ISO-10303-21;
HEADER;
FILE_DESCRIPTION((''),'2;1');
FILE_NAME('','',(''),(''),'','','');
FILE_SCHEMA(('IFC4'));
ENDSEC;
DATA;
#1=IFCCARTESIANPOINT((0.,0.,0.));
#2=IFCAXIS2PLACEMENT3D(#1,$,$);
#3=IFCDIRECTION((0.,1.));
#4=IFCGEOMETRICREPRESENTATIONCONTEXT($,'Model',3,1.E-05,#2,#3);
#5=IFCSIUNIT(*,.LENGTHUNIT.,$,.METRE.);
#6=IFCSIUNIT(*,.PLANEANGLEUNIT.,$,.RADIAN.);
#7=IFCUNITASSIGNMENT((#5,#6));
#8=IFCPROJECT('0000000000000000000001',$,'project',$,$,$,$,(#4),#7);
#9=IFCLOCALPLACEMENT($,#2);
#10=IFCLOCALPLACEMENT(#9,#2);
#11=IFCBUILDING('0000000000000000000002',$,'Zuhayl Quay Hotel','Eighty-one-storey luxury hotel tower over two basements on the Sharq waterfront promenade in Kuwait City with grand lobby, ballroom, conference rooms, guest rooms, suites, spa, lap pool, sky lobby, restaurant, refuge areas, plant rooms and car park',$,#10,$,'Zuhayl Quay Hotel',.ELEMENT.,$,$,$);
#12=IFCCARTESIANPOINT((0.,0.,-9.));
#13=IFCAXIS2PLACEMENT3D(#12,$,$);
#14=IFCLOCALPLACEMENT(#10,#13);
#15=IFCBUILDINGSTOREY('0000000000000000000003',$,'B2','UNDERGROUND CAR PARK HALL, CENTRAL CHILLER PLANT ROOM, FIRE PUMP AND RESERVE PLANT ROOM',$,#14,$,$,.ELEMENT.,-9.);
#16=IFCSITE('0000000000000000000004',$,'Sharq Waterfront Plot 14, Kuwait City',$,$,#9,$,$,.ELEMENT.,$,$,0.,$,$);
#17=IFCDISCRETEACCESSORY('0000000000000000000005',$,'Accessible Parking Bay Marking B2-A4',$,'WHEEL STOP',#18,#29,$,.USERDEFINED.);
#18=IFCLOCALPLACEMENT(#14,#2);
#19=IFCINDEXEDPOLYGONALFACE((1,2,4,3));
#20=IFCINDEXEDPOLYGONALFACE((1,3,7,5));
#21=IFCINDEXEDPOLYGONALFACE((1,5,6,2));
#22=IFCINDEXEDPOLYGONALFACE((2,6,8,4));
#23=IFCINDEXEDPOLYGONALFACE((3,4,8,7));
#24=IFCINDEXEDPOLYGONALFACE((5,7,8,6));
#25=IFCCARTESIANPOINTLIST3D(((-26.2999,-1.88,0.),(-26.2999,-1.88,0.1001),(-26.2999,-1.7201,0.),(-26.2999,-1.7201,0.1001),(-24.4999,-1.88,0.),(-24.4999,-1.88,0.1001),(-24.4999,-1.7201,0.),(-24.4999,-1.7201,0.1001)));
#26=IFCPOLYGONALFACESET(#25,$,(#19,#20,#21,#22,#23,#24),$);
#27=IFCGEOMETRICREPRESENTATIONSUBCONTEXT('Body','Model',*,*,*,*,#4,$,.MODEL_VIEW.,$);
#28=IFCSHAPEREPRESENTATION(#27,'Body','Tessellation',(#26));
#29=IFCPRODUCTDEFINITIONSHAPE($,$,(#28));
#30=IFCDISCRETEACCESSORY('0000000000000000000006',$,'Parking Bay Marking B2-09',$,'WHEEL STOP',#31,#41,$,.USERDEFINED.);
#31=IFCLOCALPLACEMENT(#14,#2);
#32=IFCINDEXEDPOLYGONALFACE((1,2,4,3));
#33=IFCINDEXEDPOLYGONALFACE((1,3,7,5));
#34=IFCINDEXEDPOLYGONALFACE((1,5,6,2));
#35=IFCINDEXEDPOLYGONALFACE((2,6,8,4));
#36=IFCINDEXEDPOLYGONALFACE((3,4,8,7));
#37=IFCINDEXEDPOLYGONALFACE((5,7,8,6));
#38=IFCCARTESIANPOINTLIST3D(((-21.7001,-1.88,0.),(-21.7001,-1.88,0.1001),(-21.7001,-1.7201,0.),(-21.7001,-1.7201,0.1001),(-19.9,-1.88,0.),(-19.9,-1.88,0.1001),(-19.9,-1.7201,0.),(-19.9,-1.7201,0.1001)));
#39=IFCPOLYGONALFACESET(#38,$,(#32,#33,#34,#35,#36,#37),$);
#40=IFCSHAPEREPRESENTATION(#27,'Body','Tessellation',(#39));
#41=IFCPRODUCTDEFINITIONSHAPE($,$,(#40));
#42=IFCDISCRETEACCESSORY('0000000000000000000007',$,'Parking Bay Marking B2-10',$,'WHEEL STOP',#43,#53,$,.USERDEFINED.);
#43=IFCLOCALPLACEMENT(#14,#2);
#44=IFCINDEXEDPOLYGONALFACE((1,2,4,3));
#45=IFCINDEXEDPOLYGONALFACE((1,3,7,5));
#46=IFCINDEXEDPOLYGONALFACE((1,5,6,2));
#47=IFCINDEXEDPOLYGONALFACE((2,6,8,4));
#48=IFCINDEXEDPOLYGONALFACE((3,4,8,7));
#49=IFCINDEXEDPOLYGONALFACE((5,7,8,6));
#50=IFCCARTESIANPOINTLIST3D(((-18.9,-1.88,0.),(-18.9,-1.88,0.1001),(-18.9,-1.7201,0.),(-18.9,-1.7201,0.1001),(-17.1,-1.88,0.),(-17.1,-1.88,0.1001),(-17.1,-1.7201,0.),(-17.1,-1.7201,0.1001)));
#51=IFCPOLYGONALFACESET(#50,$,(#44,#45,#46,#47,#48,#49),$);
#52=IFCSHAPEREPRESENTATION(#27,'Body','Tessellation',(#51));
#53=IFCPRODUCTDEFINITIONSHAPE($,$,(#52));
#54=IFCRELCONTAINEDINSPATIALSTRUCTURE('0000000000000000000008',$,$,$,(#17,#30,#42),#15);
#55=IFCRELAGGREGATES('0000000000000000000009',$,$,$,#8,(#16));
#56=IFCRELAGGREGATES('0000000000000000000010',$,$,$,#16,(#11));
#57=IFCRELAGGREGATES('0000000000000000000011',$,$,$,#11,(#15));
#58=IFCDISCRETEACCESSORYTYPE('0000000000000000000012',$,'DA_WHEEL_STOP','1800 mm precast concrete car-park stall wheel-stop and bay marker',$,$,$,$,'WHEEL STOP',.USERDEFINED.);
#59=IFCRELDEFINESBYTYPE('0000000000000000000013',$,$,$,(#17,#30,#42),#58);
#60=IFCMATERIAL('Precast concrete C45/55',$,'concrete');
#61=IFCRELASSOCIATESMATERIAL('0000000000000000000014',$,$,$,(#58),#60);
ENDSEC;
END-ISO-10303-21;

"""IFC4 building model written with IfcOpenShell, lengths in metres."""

from ifc_helpers import new_model, si_unit, direction, frame, origin, origin_2d, place, context, subcontext, project, spatial, rectangle, extrude, material, type_object, element, save


model = new_model("IFC4")

# Units and contexts
model_context = context("Model", 3, precision=1e-05, world=origin(), true_north=direction((0.0, 1.0)))
body_context = subcontext(model_context, "Body", "Model", "MODEL_VIEW")
ifc_project = project(units=[si_unit("LENGTHUNIT", "METRE"), si_unit("PLANEANGLEUNIT", "RADIAN")], contexts=[model_context])

# Site, building, storey
site_placement = place(None, origin())
site = spatial("IfcSite", under=ifc_project, at=site_placement, Name="Sharq Waterfront Plot 14, Kuwait City", CompositionType="ELEMENT", RefElevation=0.0)
building_placement = place(site_placement, origin())
building = spatial("IfcBuilding", under=site, at=building_placement, Name="Zuhayl Quay Hotel", Description="Eighty-one-storey luxury hotel tower over two basements on the Sharq waterfront promenade in Kuwait City with grand lobby, ballroom, conference rooms, guest rooms, suites, spa, lap pool, sky lobby, restaurant, refuge areas, plant rooms and car park", LongName="Zuhayl Quay Hotel", CompositionType="ELEMENT")
storey_placement = place(building_placement, frame((0.0, 0.0, -9.0)))
storey = spatial("IfcBuildingStorey", under=building, at=storey_placement, Name="B2", Description="UNDERGROUND CAR PARK HALL, CENTRAL CHILLER PLANT ROOM, FIRE PUMP AND RESERVE PLANT ROOM", CompositionType="ELEMENT", Elevation=-9.0)

# Discrete accessories
ifc_material_1 = material(Name="Precast concrete C45/55", Category="concrete")
discrete_accessory_type = type_object("IfcDiscreteAccessoryType", Name="DA_WHEEL_STOP", Description="1800 mm precast concrete car-park stall wheel-stop and bay marker", ElementType="WHEEL STOP", PredefinedType="USERDEFINED", material=ifc_material_1)
for number, where, z_axis, x_axis, name in (
    (1, (-25.3999, -1.8, 0.0), (0.0, 0.0, 1.0), (1.0, 0.0, 0.0), "Accessible Parking Bay Marking B2-A4"),
    (2, (-20.8, -1.8, 0.0), (0.0, 0.0, 1.0), (1.0, 0.0, 0.0), "Parking Bay Marking B2-09"),
    (3, (-18.0, -1.8, 0.0), (0.0, 0.0, 1.0), (1.0, 0.0, 0.0), "Parking Bay Marking B2-10"),
):
    element("IfcDiscreteAccessory", number, at=place(storey_placement, frame(where, z_axis=z_axis, x_axis=x_axis)), inside=storey, type_object=discrete_accessory_type, Name=name, ObjectType="WHEEL STOP", PredefinedType="USERDEFINED", context=body_context, shape_type="SweptSolid", body=[
        extrude(rectangle(XDim=1.8, YDim=0.1599, at=origin_2d()), origin(), (0.0, 0.0, 1.0), 0.1001),
    ])

save(model, "model.ifc")
